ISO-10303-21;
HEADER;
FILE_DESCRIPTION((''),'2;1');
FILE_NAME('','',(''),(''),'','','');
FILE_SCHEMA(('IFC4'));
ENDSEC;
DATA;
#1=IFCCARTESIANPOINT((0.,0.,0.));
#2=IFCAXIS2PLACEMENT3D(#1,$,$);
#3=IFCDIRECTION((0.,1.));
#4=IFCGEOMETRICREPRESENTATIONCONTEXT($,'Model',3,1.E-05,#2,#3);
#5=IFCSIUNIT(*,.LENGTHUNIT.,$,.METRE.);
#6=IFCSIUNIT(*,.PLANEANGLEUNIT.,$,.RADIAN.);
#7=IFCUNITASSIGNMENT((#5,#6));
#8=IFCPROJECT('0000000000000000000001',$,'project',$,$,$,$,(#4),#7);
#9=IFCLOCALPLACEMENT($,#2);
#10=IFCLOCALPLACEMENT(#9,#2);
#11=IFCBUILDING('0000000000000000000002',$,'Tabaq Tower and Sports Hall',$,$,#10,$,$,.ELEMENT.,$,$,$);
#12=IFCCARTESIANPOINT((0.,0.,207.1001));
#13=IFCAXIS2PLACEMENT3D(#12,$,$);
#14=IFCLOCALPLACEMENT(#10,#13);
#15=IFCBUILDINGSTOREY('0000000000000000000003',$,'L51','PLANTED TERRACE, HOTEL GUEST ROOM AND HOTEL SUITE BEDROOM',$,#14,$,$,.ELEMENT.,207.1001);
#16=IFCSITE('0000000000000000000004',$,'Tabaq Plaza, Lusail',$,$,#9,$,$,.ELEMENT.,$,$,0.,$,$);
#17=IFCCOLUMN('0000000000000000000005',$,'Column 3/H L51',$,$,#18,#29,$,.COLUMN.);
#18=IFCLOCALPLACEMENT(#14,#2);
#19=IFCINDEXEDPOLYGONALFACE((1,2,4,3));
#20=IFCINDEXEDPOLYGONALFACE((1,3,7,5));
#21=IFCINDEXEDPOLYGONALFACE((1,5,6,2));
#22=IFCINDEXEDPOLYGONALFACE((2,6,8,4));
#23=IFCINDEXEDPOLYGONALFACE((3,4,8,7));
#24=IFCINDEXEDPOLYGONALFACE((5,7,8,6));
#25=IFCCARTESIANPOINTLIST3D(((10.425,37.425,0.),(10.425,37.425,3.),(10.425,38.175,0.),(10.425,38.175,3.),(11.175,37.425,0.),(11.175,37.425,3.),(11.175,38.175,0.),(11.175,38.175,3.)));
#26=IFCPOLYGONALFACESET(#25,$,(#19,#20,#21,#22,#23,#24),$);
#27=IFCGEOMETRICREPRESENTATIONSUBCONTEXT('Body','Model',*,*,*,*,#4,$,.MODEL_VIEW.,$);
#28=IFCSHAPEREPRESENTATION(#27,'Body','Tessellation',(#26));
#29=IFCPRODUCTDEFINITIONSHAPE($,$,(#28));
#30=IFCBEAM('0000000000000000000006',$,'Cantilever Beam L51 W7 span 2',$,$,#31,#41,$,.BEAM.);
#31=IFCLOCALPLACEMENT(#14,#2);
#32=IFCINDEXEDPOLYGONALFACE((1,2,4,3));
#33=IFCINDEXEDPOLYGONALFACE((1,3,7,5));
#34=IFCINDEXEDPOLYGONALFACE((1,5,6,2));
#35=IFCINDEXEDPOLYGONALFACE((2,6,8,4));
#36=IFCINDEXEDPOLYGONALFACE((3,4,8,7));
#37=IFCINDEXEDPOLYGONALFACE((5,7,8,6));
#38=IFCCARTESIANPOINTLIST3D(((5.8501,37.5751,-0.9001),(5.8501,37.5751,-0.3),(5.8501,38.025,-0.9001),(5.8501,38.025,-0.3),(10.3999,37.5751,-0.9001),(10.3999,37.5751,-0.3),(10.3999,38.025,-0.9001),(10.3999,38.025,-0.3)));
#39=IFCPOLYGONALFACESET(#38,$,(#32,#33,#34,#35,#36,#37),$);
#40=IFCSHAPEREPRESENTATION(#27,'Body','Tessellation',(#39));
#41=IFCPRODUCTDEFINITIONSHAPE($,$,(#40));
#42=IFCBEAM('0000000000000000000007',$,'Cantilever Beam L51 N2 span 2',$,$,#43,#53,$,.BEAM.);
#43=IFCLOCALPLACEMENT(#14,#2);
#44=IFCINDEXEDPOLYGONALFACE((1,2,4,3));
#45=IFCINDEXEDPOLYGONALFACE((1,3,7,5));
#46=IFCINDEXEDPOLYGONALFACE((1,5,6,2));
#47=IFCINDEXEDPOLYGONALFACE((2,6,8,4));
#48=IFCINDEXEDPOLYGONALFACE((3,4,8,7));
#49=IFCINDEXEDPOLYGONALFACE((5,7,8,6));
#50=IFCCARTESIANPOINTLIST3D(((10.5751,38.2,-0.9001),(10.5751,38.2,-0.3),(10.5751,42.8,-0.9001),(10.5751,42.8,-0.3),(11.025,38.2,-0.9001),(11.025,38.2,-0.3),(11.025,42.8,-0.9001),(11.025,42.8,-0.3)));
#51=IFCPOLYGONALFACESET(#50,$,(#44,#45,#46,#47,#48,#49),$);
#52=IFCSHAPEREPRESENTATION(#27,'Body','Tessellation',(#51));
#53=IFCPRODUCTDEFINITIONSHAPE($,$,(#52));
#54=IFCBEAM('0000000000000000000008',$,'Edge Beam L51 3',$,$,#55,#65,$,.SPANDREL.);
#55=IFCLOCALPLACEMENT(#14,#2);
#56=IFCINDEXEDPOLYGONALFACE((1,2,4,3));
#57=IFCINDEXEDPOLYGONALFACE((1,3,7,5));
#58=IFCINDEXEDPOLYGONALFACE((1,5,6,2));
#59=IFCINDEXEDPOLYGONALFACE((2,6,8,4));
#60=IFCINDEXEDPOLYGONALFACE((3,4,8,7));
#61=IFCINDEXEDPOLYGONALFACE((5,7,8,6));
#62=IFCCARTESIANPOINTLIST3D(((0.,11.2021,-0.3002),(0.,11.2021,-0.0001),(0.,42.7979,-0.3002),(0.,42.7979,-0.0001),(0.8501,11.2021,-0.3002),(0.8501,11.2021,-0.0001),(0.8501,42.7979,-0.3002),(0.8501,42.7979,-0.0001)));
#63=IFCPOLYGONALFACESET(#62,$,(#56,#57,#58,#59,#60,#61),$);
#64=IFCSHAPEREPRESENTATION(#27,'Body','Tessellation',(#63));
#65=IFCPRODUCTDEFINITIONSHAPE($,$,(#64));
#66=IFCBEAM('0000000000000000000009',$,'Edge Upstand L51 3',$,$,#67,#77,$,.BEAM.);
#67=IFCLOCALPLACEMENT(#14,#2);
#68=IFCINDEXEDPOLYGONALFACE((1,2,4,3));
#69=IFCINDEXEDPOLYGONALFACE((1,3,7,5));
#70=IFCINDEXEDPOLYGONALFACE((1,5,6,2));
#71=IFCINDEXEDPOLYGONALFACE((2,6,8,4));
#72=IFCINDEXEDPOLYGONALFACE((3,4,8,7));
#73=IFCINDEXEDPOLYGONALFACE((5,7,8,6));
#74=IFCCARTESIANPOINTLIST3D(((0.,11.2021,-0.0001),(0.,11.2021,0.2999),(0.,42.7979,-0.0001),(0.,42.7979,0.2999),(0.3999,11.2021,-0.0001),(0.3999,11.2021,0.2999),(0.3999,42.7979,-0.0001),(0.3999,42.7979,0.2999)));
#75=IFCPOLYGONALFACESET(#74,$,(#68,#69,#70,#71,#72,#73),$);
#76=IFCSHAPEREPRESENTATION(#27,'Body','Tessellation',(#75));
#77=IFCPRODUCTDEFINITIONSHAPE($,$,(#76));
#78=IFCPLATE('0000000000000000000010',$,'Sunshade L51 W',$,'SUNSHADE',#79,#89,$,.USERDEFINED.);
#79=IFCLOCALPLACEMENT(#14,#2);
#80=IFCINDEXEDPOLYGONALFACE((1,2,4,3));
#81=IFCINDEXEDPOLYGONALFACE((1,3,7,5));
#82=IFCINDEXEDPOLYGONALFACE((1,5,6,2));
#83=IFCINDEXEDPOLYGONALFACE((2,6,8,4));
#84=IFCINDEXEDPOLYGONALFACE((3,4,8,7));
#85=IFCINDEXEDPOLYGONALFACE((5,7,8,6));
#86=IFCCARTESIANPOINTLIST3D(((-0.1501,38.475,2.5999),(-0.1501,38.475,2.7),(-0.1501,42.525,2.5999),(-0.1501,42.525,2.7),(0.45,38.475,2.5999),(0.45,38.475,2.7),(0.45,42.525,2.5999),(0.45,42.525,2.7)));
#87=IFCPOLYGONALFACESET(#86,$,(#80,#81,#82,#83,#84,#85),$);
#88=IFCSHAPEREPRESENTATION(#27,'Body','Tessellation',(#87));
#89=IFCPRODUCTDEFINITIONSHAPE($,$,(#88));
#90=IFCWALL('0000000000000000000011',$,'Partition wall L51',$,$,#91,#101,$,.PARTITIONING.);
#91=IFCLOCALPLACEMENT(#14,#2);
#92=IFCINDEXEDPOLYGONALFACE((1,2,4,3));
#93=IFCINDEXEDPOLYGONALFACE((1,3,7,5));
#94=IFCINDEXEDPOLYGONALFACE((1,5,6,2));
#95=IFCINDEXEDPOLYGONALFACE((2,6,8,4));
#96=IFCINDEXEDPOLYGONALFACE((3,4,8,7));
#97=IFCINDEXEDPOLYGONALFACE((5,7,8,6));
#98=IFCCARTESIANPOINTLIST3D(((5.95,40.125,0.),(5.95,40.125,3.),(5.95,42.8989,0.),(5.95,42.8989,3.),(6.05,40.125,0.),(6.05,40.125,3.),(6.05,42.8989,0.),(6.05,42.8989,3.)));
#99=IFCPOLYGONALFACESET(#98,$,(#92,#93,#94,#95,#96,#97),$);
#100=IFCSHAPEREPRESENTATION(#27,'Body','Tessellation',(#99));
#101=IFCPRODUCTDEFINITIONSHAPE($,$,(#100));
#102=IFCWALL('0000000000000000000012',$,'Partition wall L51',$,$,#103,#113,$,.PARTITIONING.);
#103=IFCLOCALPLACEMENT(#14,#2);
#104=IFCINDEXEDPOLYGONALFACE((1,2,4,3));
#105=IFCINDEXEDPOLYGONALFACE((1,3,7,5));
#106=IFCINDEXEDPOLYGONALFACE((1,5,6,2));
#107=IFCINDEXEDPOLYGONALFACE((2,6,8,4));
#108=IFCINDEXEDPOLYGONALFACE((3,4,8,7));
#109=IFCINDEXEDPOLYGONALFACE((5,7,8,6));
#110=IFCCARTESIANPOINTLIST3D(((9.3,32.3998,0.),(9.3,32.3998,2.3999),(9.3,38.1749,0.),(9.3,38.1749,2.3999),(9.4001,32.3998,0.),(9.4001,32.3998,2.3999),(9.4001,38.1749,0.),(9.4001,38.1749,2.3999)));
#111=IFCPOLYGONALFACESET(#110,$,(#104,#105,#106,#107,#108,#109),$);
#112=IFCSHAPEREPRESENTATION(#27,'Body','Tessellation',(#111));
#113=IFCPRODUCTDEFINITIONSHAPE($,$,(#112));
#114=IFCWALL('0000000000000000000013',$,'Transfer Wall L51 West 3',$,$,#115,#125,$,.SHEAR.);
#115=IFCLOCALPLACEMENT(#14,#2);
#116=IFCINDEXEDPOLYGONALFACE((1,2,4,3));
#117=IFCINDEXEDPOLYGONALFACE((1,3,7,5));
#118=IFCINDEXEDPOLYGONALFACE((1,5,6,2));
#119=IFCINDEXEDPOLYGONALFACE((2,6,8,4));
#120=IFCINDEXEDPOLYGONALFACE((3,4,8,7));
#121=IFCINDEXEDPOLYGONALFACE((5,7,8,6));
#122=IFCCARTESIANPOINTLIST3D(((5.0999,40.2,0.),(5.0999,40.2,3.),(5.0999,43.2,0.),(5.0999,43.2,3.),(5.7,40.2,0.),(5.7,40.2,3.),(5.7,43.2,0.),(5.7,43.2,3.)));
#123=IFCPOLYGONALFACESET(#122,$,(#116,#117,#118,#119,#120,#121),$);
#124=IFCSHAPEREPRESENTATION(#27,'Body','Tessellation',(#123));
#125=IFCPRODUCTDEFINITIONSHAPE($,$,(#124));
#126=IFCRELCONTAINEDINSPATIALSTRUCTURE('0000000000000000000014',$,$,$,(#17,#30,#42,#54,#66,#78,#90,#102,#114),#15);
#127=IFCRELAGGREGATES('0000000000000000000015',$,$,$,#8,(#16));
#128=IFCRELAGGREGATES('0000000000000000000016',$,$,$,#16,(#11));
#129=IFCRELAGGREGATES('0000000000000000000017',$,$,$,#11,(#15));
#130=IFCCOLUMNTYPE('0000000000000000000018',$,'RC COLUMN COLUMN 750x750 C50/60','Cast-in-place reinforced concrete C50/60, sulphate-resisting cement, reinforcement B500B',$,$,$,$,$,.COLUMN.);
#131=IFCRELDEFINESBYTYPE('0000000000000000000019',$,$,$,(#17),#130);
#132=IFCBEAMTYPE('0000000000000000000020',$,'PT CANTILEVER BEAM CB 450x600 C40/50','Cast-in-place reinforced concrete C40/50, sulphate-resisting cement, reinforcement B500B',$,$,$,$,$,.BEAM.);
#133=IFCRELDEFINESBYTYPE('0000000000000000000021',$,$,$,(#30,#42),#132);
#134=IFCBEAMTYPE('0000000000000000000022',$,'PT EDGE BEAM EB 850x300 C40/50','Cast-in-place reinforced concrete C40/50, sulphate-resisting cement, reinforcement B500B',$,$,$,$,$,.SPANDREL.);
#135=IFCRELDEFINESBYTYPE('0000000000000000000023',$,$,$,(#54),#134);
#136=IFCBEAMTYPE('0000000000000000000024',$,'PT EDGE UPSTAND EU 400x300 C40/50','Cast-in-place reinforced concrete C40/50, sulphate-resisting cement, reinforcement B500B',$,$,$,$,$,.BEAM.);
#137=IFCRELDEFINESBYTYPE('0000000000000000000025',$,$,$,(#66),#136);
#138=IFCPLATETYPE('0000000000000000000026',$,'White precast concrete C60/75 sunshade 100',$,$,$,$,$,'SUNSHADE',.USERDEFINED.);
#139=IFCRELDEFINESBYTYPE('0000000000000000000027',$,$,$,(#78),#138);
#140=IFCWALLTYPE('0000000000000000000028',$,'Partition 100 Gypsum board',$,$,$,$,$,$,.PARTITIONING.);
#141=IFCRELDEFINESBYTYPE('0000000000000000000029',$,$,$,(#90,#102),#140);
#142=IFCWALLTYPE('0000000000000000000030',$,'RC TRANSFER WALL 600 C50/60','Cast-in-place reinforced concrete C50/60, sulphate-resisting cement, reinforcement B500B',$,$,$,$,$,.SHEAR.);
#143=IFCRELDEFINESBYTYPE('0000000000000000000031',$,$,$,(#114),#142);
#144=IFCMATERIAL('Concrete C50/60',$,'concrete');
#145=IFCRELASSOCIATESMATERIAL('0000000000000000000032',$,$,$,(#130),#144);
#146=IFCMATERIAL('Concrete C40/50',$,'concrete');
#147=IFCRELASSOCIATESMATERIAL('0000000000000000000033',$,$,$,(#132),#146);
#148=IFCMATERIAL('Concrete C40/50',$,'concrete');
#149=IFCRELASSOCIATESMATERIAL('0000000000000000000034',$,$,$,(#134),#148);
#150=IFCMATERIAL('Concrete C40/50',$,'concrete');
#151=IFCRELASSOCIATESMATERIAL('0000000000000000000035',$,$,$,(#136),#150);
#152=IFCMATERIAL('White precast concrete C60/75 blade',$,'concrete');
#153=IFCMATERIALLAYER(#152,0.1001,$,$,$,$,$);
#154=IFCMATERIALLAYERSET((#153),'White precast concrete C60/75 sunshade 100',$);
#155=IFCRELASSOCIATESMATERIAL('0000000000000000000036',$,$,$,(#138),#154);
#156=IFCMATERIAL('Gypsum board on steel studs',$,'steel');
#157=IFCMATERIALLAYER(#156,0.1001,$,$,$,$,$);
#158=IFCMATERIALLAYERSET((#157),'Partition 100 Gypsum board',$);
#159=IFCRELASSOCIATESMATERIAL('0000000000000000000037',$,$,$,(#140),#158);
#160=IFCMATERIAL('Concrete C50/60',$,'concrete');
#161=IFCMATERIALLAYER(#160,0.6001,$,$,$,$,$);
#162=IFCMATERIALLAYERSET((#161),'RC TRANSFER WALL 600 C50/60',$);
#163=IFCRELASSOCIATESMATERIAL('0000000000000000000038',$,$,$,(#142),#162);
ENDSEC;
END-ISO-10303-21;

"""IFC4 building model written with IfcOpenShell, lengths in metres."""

from ifc_helpers import new_model, si_unit, direction, frame, frame_2d, origin, origin_2d, place, context, subcontext, project, spatial, rectangle, extrude, material, layer, layer_set, material_profile, profile_set, type_object, element, save


model = new_model("IFC4")

# Units and contexts
model_context = context("Model", 3, precision=1e-05, world=origin(), true_north=direction((0.0, 1.0)))
body_context = subcontext(model_context, "Body", "Model", "MODEL_VIEW")
ifc_project = project(units=[si_unit("LENGTHUNIT", "METRE"), si_unit("PLANEANGLEUNIT", "RADIAN")], contexts=[model_context])

# Site, building, storey
site_placement = place(None, origin())
site = spatial("IfcSite", under=ifc_project, at=site_placement, Name="Tabaq Plaza, Lusail", CompositionType="ELEMENT", RefElevation=0.0)
building_placement = place(site_placement, origin())
building = spatial("IfcBuilding", under=site, at=building_placement, Name="Tabaq Tower and Sports Hall", CompositionType="ELEMENT")
storey_placement = place(building_placement, frame((0.0, 0.0, 207.1001)))
storey = spatial("IfcBuildingStorey", under=building, at=storey_placement, Name="L51", Description="PLANTED TERRACE, HOTEL GUEST ROOM AND HOTEL SUITE BEDROOM", CompositionType="ELEMENT", Elevation=207.1001)

# Column
ifc_material_1 = material(Name="Concrete C50/60", Category="concrete")
ifc_material_profile_1 = material_profile(ifc_material_1, rectangle(XDim=0.75, YDim=0.75, at=origin_2d()), Name="COLUMN 750x750")
ifc_profile_set_1 = profile_set([ifc_material_profile_1], Name="Concrete C50/60")
column_type = type_object("IfcColumnType", Name="RC COLUMN COLUMN 750x750 C50/60", Description="Cast-in-place reinforced concrete C50/60, sulphate-resisting cement, reinforcement B500B", PredefinedType="COLUMN", material=ifc_profile_set_1)
column_placement = place(storey_placement, frame((10.8, 37.8, 0.0), z_axis=(0.0, 0.0, 1.0), x_axis=(1.0, 0.0, 0.0)))
element("IfcColumn", 1, at=column_placement, inside=storey, type_object=column_type, Name="Column 3/H L51", PredefinedType="COLUMN", context=body_context, shape_type="SweptSolid", body=[
    extrude(rectangle(XDim=0.75, YDim=0.75, at=origin_2d()), origin(), (0.0, 0.0, 1.0), 3.0),
])

# Beams
ifc_material_2 = material(Name="Concrete C40/50", Category="concrete")
ifc_material_profile_2 = material_profile(ifc_material_2, rectangle(XDim=0.45, YDim=0.6001, at=origin_2d()), Name="CB 450x600")
ifc_profile_set_2 = profile_set([ifc_material_profile_2], Name="Concrete C40/50")
beam_type_1 = type_object("IfcBeamType", Name="PT CANTILEVER BEAM CB 450x600 C40/50", Description="Cast-in-place reinforced concrete C40/50, sulphate-resisting cement, reinforcement B500B", PredefinedType="BEAM", material=ifc_profile_set_2)
beam_1_placement = place(storey_placement, frame((5.8501, 37.8, -0.6001), z_axis=(1.0, 0.0, 0.0), x_axis=(0.0, 1.0, 0.0)))
element("IfcBeam", 2, at=beam_1_placement, inside=storey, type_object=beam_type_1, Name="Cantilever Beam L51 W7 span 2", PredefinedType="BEAM", context=body_context, shape_type="SweptSolid", body=[
    extrude(rectangle(XDim=0.45, YDim=0.6001, at=origin_2d()), origin(), (0.0, 0.0, 1.0), 4.5498),
])
beam_2_placement = place(storey_placement, frame((10.8, 42.8, -0.6001), z_axis=(0.0, -1.0, 0.0), x_axis=(1.0, 0.0, 0.0)))
element("IfcBeam", 3, at=beam_2_placement, inside=storey, type_object=beam_type_1, Name="Cantilever Beam L51 N2 span 2", PredefinedType="BEAM", context=body_context, shape_type="SweptSolid", body=[
    extrude(rectangle(XDim=0.45, YDim=0.6001, at=origin_2d()), origin(), (0.0, 0.0, 1.0), 4.6001),
])
ifc_material_3 = material(Name="Concrete C40/50", Category="concrete")
ifc_material_profile_3 = material_profile(ifc_material_3, rectangle(XDim=0.8501, YDim=0.3, at=origin_2d()), Name="EB 850x300")
ifc_profile_set_3 = profile_set([ifc_material_profile_3], Name="Concrete C40/50")
beam_type_2 = type_object("IfcBeamType", Name="PT EDGE BEAM EB 850x300 C40/50", Description="Cast-in-place reinforced concrete C40/50, sulphate-resisting cement, reinforcement B500B", PredefinedType="SPANDREL", material=ifc_profile_set_3)
beam_3_placement = place(storey_placement, frame((0.425, 42.7979, -0.1501), z_axis=(0.0, -1.0, 0.0), x_axis=(1.0, 0.0, 0.0)))
element("IfcBeam", 4, at=beam_3_placement, inside=storey, type_object=beam_type_2, Name="Edge Beam L51 3", PredefinedType="SPANDREL", context=body_context, shape_type="SweptSolid", body=[
    extrude(rectangle(XDim=0.8501, YDim=0.3, at=origin_2d()), origin(), (0.0, 0.0, 1.0), 31.5957),
])
ifc_material_4 = material(Name="Concrete C40/50", Category="concrete")
ifc_material_profile_4 = material_profile(ifc_material_4, rectangle(XDim=0.3999, YDim=0.3, at=origin_2d()), Name="EU 400x300")
ifc_profile_set_4 = profile_set([ifc_material_profile_4], Name="Concrete C40/50")
beam_type_3 = type_object("IfcBeamType", Name="PT EDGE UPSTAND EU 400x300 C40/50", Description="Cast-in-place reinforced concrete C40/50, sulphate-resisting cement, reinforcement B500B", PredefinedType="BEAM", material=ifc_profile_set_4)
beam_4_placement = place(storey_placement, frame((0.2, 42.7979, 0.1499), z_axis=(0.0, -1.0, 0.0), x_axis=(1.0, 0.0, 0.0)))
element("IfcBeam", 5, at=beam_4_placement, inside=storey, type_object=beam_type_3, Name="Edge Upstand L51 3", PredefinedType="BEAM", context=body_context, shape_type="SweptSolid", body=[
    extrude(rectangle(XDim=0.3999, YDim=0.3, at=origin_2d()), origin(), (0.0, 0.0, 1.0), 31.5957),
])

# Plate
ifc_material_5 = material(Name="White precast concrete C60/75 blade", Category="concrete")
ifc_layer_1 = layer(ifc_material_5, 0.1001)
ifc_layer_set_1 = layer_set([ifc_layer_1], Name="White precast concrete C60/75 sunshade 100")
plate_type = type_object("IfcPlateType", Name="White precast concrete C60/75 sunshade 100", ElementType="SUNSHADE", PredefinedType="USERDEFINED", material=ifc_layer_set_1)
plate_placement = place(storey_placement, frame((0.1499, 40.5, 2.5999), z_axis=(0.0, 0.0, 1.0), x_axis=(0.0, -1.0, 0.0)))
element("IfcPlate", 6, at=plate_placement, inside=storey, type_object=plate_type, Name="Sunshade L51 W", ObjectType="SUNSHADE", PredefinedType="USERDEFINED", context=body_context, shape_type="SweptSolid", body=[
    extrude(rectangle(XDim=4.05, YDim=0.6001, at=origin_2d()), origin(), (0.0, 0.0, 1.0), 0.1001),
])

# Walls
ifc_material_6 = material(Name="Gypsum board on steel studs", Category="steel")
ifc_layer_2 = layer(ifc_material_6, 0.1001)
ifc_layer_set_2 = layer_set([ifc_layer_2], Name="Partition 100 Gypsum board")
wall_type_1 = type_object("IfcWallType", Name="Partition 100 Gypsum board", PredefinedType="PARTITIONING", material=ifc_layer_set_2)
wall_1_placement = place(storey_placement, frame((6.0, 40.125, 0.0), z_axis=(0.0, 0.0, 1.0), x_axis=(0.0, 1.0, 0.0)))
element("IfcWall", 7, at=wall_1_placement, inside=storey, type_object=wall_type_1, Name="Partition wall L51", PredefinedType="PARTITIONING", context=body_context, shape_type="SweptSolid", body=[
    extrude(rectangle(XDim=2.7739, YDim=0.1001, at=frame_2d((1.387, 0.0))), origin(), (0.0, 0.0, 1.0), 3.0),
])
wall_2_placement = place(storey_placement, frame((9.3501, 38.175, 0.0), z_axis=(0.0, 0.0, 1.0), x_axis=(0.0, -1.0, 0.0)))
element("IfcWall", 8, at=wall_2_placement, inside=storey, type_object=wall_type_1, Name="Partition wall L51", PredefinedType="PARTITIONING", context=body_context, shape_type="SweptSolid", body=[
    extrude(rectangle(XDim=5.7751, YDim=0.1001, at=frame_2d((2.8877, 0.0))), origin(), (0.0, 0.0, 1.0), 2.3999),
])
ifc_material_7 = material(Name="Concrete C50/60", Category="concrete")
ifc_layer_3 = layer(ifc_material_7, 0.6001)
ifc_layer_set_3 = layer_set([ifc_layer_3], Name="RC TRANSFER WALL 600 C50/60")
wall_type_2 = type_object("IfcWallType", Name="RC TRANSFER WALL 600 C50/60", Description="Cast-in-place reinforced concrete C50/60, sulphate-resisting cement, reinforcement B500B", PredefinedType="SHEAR", material=ifc_layer_set_3)
wall_3_placement = place(storey_placement, frame((5.3999, 40.2, 0.0), z_axis=(0.0, 0.0, 1.0), x_axis=(0.0, 1.0, 0.0)))
element("IfcWall", 9, at=wall_3_placement, inside=storey, type_object=wall_type_2, Name="Transfer Wall L51 West 3", PredefinedType="SHEAR", context=body_context, shape_type="SweptSolid", body=[
    extrude(rectangle(XDim=3.0, YDim=0.6001, at=frame_2d((1.5, 0.0))), origin(), (0.0, 0.0, 1.0), 3.0),
])

save(model, "model.ifc")
